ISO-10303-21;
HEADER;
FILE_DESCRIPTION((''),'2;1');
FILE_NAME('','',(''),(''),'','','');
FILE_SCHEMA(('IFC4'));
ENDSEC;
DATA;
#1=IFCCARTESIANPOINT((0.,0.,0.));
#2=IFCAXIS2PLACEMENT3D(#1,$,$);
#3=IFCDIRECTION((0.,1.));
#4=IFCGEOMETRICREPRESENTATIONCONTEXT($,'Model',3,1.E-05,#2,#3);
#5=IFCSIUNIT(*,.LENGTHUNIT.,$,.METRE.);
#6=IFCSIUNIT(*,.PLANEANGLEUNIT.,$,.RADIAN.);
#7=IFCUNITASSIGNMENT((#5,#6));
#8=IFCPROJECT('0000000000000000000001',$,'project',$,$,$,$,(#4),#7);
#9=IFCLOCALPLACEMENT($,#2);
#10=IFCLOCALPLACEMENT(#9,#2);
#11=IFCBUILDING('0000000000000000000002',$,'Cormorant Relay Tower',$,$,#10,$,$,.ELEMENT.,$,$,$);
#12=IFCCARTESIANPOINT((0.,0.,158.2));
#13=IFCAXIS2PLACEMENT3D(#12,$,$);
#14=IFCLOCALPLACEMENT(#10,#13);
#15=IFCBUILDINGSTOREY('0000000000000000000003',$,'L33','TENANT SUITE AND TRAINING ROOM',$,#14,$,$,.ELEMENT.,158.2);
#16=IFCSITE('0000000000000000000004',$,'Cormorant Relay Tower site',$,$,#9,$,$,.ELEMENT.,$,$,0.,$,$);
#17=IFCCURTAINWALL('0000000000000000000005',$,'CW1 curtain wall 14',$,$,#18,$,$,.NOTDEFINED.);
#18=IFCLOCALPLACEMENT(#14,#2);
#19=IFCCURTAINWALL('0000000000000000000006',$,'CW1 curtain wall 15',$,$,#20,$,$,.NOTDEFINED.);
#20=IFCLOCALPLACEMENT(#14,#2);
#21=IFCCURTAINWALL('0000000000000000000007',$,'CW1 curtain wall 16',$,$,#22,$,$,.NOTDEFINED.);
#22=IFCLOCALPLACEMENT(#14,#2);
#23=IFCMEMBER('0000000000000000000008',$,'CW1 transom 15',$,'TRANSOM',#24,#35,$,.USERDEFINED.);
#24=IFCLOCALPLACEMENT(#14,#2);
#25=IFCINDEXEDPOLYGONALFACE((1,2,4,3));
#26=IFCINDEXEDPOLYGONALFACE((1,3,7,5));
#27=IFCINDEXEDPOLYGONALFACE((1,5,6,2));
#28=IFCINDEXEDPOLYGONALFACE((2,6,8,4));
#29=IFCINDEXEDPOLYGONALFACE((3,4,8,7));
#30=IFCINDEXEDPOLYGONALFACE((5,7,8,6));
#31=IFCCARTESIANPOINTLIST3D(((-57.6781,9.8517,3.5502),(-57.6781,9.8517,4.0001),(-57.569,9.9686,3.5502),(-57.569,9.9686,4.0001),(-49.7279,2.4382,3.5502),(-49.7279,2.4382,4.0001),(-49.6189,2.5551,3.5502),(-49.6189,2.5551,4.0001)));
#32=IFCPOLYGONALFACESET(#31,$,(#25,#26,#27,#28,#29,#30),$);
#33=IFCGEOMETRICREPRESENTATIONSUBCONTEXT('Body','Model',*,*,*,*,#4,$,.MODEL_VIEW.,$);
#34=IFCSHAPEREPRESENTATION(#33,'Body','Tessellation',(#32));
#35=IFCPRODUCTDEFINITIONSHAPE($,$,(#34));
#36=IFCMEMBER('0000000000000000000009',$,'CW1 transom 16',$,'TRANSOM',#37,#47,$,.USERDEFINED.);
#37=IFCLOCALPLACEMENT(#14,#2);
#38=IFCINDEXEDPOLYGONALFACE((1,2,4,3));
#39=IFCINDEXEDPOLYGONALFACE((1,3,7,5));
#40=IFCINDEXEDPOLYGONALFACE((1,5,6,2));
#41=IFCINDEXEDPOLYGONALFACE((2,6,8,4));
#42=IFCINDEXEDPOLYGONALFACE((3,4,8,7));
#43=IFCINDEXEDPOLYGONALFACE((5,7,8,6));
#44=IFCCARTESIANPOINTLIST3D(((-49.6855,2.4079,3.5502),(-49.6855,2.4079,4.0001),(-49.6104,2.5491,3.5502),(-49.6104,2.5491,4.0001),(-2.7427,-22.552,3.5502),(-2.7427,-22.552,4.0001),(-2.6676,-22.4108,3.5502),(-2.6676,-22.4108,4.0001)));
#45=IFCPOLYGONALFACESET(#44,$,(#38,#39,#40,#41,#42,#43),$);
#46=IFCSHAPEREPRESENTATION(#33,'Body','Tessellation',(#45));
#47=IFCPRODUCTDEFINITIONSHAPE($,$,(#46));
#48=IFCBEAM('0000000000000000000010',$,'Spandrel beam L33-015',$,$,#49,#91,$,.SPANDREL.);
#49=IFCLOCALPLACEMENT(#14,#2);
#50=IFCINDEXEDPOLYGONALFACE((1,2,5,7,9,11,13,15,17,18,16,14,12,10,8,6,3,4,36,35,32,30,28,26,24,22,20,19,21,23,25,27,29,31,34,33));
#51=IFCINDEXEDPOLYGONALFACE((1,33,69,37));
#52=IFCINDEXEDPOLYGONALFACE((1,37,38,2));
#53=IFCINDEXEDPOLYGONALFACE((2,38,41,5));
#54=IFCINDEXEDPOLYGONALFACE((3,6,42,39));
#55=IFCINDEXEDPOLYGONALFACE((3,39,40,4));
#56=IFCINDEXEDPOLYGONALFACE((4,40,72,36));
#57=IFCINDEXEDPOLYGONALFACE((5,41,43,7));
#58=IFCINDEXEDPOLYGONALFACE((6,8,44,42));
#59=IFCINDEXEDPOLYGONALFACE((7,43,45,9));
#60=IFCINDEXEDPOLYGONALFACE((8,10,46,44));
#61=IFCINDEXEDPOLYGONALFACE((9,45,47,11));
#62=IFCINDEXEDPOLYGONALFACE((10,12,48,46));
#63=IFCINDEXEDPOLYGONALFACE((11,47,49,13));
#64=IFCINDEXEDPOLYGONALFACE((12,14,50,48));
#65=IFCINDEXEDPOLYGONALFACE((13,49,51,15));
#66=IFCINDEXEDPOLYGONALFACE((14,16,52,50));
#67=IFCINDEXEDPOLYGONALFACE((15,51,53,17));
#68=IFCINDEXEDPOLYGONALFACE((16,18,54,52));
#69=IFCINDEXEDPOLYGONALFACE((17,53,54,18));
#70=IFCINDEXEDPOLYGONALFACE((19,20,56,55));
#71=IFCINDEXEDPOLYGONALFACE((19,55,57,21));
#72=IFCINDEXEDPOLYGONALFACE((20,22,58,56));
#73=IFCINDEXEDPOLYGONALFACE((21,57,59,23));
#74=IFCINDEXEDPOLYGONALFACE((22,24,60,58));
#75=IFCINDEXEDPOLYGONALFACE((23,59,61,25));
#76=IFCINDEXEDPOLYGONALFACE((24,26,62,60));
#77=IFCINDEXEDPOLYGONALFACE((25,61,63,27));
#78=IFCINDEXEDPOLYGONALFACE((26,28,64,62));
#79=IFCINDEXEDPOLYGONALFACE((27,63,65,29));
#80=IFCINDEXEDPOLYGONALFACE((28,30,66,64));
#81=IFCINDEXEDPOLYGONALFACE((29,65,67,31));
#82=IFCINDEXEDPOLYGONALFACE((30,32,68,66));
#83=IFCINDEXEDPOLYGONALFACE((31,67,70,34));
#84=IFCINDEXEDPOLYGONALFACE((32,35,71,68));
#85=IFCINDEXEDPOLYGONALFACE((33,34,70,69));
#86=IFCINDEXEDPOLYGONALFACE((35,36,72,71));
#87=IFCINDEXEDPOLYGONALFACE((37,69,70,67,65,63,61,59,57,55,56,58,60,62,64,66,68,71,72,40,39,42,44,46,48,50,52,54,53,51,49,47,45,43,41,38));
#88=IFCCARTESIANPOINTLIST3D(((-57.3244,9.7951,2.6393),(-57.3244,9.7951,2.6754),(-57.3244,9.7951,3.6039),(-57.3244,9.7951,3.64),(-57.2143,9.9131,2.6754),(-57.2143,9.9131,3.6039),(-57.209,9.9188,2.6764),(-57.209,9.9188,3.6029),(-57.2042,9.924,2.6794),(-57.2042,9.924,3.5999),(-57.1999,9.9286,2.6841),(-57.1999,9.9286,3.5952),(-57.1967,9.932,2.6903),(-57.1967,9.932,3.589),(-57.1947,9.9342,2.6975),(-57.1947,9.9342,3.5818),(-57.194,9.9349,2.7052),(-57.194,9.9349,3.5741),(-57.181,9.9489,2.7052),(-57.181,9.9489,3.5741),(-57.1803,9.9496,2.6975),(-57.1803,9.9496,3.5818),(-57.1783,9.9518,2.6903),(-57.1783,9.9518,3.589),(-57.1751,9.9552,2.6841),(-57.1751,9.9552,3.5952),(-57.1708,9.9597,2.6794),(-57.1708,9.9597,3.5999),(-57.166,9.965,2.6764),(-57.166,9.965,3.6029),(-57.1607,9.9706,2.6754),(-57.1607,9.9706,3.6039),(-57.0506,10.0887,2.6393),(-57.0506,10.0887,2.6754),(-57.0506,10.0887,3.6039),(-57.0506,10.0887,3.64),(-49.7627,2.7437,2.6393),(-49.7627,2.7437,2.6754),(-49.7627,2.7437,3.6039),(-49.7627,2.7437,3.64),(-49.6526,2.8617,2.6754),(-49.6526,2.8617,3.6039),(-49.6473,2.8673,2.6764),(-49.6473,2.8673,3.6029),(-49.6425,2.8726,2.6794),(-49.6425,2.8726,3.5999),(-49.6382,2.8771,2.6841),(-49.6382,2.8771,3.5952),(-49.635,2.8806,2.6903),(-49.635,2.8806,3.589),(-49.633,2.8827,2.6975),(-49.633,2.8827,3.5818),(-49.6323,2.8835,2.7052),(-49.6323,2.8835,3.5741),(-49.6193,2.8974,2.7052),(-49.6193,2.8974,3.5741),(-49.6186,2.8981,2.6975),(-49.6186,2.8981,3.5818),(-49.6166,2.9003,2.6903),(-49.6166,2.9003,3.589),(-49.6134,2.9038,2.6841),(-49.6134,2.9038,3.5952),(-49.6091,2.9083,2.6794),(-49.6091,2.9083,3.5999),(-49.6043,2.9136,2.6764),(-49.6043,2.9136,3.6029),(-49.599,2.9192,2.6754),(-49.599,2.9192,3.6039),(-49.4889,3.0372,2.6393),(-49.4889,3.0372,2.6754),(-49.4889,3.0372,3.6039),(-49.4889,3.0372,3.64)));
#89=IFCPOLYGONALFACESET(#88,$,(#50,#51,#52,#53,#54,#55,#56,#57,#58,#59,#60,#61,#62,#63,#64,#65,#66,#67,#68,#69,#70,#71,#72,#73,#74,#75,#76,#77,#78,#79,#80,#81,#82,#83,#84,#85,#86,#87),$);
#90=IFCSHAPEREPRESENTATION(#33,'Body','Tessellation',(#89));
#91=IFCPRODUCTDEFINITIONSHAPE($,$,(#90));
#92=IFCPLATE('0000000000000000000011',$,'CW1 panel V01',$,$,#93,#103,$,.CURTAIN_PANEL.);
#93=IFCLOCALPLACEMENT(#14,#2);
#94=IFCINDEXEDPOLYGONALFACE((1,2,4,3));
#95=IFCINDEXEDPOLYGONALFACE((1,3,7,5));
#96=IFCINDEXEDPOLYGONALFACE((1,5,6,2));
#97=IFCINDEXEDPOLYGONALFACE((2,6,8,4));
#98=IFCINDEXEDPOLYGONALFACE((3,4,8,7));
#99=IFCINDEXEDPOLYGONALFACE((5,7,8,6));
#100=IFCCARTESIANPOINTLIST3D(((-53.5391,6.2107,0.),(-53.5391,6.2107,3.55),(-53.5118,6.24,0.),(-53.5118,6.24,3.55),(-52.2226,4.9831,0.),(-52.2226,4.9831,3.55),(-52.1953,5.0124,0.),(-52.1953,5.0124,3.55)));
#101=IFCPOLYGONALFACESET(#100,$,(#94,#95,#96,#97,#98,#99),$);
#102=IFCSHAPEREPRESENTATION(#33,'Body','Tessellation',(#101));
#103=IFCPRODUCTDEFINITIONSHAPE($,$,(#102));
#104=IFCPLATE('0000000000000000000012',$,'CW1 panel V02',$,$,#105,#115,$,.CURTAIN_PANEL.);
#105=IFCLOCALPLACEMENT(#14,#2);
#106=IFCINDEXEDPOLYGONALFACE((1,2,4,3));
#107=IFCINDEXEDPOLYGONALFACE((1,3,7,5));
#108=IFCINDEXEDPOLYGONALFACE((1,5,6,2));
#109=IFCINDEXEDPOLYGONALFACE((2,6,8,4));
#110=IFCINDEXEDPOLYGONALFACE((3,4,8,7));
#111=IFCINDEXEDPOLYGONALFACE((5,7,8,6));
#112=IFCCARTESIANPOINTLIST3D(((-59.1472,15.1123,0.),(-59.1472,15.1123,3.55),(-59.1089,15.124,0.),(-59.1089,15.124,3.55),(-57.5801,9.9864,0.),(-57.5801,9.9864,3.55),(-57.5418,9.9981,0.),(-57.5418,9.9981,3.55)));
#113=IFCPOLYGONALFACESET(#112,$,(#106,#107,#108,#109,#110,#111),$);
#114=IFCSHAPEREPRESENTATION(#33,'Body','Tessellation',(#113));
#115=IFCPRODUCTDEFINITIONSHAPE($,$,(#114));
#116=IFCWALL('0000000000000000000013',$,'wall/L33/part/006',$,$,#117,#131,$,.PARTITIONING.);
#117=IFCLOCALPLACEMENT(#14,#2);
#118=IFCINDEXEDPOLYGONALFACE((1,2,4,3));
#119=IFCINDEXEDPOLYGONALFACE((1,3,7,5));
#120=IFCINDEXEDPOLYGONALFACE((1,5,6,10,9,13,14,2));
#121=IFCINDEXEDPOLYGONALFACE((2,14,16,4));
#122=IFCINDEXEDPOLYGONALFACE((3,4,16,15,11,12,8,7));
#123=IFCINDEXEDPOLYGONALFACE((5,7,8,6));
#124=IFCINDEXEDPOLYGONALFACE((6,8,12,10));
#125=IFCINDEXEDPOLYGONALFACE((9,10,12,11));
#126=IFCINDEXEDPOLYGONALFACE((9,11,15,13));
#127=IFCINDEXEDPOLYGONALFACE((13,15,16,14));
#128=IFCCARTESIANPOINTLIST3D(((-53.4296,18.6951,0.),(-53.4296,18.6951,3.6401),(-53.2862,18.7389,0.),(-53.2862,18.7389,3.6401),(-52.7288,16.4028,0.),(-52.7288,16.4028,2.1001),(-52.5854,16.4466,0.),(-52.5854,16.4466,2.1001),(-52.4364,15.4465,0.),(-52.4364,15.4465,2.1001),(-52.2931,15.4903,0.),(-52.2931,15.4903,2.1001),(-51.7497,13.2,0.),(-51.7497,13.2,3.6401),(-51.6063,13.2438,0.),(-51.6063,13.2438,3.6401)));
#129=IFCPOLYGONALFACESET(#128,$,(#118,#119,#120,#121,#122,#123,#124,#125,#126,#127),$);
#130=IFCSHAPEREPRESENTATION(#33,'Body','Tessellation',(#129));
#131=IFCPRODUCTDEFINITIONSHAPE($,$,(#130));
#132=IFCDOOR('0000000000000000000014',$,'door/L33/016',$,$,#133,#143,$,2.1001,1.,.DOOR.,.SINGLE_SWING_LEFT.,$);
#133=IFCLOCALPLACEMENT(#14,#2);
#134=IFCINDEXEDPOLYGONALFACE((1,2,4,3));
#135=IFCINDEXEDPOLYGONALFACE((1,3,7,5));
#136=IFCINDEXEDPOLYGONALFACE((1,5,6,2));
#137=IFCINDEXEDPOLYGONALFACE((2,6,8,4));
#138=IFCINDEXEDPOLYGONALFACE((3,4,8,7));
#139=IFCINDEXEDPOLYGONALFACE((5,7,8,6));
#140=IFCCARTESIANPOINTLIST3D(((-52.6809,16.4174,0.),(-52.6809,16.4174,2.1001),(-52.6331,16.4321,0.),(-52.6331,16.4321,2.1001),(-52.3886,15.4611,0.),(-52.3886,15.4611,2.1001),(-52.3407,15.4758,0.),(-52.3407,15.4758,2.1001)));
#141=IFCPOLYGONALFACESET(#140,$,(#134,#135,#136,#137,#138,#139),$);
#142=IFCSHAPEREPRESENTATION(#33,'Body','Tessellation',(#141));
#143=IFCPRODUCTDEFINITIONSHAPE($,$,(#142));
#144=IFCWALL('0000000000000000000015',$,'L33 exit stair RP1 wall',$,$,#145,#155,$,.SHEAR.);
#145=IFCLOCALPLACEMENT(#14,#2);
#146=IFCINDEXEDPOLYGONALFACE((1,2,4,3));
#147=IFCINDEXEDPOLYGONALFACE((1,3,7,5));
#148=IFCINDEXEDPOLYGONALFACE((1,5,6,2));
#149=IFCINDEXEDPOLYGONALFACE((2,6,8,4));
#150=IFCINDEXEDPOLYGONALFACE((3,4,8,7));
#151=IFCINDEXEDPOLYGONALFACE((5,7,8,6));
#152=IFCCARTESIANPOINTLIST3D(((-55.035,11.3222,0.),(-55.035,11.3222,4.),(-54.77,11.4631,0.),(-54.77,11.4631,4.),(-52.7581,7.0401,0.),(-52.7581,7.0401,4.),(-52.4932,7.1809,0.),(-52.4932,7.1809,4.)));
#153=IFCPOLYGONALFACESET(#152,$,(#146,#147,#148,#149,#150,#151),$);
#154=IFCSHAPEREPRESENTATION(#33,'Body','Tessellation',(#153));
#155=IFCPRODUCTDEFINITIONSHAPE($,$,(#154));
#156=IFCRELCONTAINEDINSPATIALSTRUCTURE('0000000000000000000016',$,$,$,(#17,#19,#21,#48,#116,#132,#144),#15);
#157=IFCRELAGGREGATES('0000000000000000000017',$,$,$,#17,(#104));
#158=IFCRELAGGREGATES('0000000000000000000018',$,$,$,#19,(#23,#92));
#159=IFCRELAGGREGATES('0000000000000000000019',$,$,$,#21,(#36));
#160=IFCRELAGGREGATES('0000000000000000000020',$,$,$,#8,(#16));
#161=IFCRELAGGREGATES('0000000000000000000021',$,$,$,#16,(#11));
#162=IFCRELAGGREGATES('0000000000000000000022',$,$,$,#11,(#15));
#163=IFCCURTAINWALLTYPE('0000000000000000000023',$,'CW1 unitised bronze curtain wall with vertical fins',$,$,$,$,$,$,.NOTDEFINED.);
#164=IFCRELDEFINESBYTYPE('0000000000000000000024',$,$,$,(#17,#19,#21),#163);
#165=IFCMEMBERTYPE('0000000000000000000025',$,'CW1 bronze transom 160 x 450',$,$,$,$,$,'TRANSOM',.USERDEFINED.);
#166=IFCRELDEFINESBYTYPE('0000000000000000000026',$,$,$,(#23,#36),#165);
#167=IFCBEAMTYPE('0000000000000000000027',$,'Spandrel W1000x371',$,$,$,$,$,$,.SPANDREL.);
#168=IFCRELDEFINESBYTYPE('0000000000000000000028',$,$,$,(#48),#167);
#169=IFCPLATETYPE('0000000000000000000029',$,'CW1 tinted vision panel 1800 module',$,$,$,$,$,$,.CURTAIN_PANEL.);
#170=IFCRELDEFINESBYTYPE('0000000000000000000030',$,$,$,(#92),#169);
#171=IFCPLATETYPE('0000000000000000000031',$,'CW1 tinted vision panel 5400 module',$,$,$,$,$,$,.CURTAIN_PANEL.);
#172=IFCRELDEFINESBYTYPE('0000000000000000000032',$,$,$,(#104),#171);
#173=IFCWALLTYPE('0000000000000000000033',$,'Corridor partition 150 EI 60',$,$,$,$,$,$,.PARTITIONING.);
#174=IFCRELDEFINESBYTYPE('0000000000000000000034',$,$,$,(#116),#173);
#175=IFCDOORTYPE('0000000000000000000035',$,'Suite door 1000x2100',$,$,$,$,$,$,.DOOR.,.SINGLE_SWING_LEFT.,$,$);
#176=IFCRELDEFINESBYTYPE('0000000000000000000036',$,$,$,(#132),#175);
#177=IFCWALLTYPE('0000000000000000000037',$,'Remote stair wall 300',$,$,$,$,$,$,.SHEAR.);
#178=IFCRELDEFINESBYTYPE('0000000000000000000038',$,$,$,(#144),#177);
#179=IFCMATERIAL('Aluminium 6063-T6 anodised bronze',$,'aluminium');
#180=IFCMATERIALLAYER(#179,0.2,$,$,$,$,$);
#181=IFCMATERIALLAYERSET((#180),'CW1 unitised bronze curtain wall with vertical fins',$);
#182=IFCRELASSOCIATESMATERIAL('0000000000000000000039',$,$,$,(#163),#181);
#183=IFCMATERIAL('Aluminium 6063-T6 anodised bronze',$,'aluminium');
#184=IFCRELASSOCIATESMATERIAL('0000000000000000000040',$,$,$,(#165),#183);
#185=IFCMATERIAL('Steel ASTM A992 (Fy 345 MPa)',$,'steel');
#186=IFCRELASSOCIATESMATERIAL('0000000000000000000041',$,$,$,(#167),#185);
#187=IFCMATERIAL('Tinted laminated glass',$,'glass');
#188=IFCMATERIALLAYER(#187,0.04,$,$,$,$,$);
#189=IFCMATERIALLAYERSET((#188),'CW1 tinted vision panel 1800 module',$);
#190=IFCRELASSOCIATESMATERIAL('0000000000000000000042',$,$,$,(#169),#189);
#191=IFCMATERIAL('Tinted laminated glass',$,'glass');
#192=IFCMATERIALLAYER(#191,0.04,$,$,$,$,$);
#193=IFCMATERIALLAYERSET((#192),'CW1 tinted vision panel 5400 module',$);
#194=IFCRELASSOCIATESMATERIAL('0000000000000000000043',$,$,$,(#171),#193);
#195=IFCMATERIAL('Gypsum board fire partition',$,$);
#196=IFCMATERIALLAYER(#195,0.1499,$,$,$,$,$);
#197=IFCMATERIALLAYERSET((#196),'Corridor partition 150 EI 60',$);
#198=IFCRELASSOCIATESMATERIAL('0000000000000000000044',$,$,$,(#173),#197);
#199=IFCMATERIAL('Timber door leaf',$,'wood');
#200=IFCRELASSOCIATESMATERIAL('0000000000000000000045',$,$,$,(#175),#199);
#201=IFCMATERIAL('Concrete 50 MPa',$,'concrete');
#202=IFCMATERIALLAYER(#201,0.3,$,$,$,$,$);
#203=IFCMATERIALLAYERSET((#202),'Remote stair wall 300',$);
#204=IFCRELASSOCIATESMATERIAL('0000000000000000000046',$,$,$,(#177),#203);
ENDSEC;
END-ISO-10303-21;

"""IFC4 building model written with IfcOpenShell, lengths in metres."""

from ifc_helpers import new_model, si_unit, direction, frame, frame_2d, origin, origin_2d, place, context, subcontext, project, spatial, rectangle, i_section, extrude, material, layer, layer_set, material_profile, profile_set, type_object, element, fill, aggregate, save


model = new_model("IFC4")

# Units and contexts
model_context = context("Model", 3, precision=1e-05, world=origin(), true_north=direction((0.0, 1.0)))
body_context = subcontext(model_context, "Body", "Model", "MODEL_VIEW")
ifc_project = project(units=[si_unit("LENGTHUNIT", "METRE"), si_unit("PLANEANGLEUNIT", "RADIAN")], contexts=[model_context])

# Site, building, storey
site_placement = place(None, origin())
site = spatial("IfcSite", under=ifc_project, at=site_placement, Name="Cormorant Relay Tower site", CompositionType="ELEMENT", RefElevation=0.0)
building_placement = place(site_placement, origin())
building = spatial("IfcBuilding", under=site, at=building_placement, Name="Cormorant Relay Tower", CompositionType="ELEMENT")
storey_placement = place(building_placement, frame((0.0, 0.0, 158.2)))
storey = spatial("IfcBuildingStorey", under=building, at=storey_placement, Name="L33", Description="TENANT SUITE AND TRAINING ROOM", CompositionType="ELEMENT", Elevation=158.2)

# Curtain wall
ifc_material_1 = material(Name="Aluminium 6063-T6 anodised bronze", Category="aluminium")
ifc_layer_1 = layer(ifc_material_1, 0.2)
ifc_layer_set_1 = layer_set([ifc_layer_1], Name="CW1 unitised bronze curtain wall with vertical fins")
curtain_wall_type = type_object("IfcCurtainWallType", Name="CW1 unitised bronze curtain wall with vertical fins", PredefinedType="NOTDEFINED", material=ifc_layer_set_1)
curtain_wall_1_placement = place(storey_placement, origin())
curtain_wall_1 = element("IfcCurtainWall", 1, at=curtain_wall_1_placement, inside=storey, type_object=curtain_wall_type, Name="CW1 curtain wall 14", PredefinedType="NOTDEFINED")

# Curtain wall
curtain_wall_2_placement = place(storey_placement, origin())
curtain_wall_2 = element("IfcCurtainWall", 2, at=curtain_wall_2_placement, inside=storey, type_object=curtain_wall_type, Name="CW1 curtain wall 15", PredefinedType="NOTDEFINED")

# Curtain wall
curtain_wall_3_placement = place(storey_placement, origin())
curtain_wall_3 = element("IfcCurtainWall", 3, at=curtain_wall_3_placement, inside=storey, type_object=curtain_wall_type, Name="CW1 curtain wall 16", PredefinedType="NOTDEFINED")

# Members
ifc_material_2 = material(Name="Aluminium 6063-T6 anodised bronze", Category="aluminium")
ifc_material_profile_1 = material_profile(ifc_material_2, rectangle(XDim=0.1599, YDim=0.45, at=origin_2d()), Name="AL 160x450")
ifc_profile_set_1 = profile_set([ifc_material_profile_1], Name="Aluminium 6063-T6 anodised bronze")
member_type_1 = type_object("IfcMemberType", Name="CW1 bronze transom 160 x 450", ElementType="TRANSOM", PredefinedType="USERDEFINED", material=ifc_profile_set_1)
member_1_placement = place(storey_placement, frame((-57.6235, 9.9102, 3.7751), z_axis=(0.731358, -0.681993, 0.0), x_axis=(0.681993, 0.731358, 0.0)))
member_1 = element("IfcMember", 4, at=member_1_placement, type_object=member_type_1, Name="CW1 transom 15", ObjectType="TRANSOM", PredefinedType="USERDEFINED", context=body_context, shape_type="SweptSolid", body=[
    extrude(rectangle(XDim=0.1599, YDim=0.45, at=origin_2d()), origin(), (0.0, 0.0, 1.0), 10.8704),
])
member_2_placement = place(storey_placement, frame((-49.6479, 2.4785, 3.7751), z_axis=(0.882948, -0.469471, 0.0), x_axis=(0.469471, 0.882948, 0.0)))
member_2 = element("IfcMember", 5, at=member_2_placement, type_object=member_type_1, Name="CW1 transom 16", ObjectType="TRANSOM", PredefinedType="USERDEFINED", context=body_context, shape_type="SweptSolid", body=[
    extrude(rectangle(XDim=0.1599, YDim=0.45, at=origin_2d()), origin(), (0.0, 0.0, 1.0), 53.166),
])

# Beam
ifc_material_3 = material(Name="Steel ASTM A992 (Fy 345 MPa)", Category="steel")
ifc_material_profile_2 = material_profile(ifc_material_3, i_section(OverallWidth=0.4014, OverallDepth=1.0007, WebThickness=0.019, FlangeThickness=0.0361, FilletRadius=0.0298, at=origin_2d()), Name="W1000x371")
ifc_profile_set_2 = profile_set([ifc_material_profile_2], Name="Steel ASTM A992 (Fy 345 MPa)")
beam_type = type_object("IfcBeamType", Name="Spandrel W1000x371", PredefinedType="SPANDREL", material=ifc_profile_set_2)
beam_placement = place(storey_placement, frame((-57.1875, 9.9419, 3.1396), z_axis=(0.731351, -0.682001, 0.0), x_axis=(0.682001, 0.731351, 0.0)))
element("IfcBeam", 6, at=beam_placement, inside=storey, type_object=beam_type, Name="Spandrel beam L33-015", PredefinedType="SPANDREL", context=body_context, shape_type="SweptSolid", body=[
    extrude(i_section(OverallWidth=0.4014, OverallDepth=1.0007, WebThickness=0.019, FlangeThickness=0.0361, FilletRadius=0.0298, at=origin_2d()), origin(), (0.0, 0.0, 1.0), 10.3394),
])

# Plates
ifc_material_4 = material(Name="Tinted laminated glass", Category="glass")
ifc_layer_2 = layer(ifc_material_4, 0.04)
ifc_layer_set_2 = layer_set([ifc_layer_2], Name="CW1 tinted vision panel 1800 module")
plate_type_1 = type_object("IfcPlateType", Name="CW1 tinted vision panel 1800 module", PredefinedType="CURTAIN_PANEL", material=ifc_layer_set_2)
plate_1_placement = place(storey_placement, frame((-52.8672, 5.6116, 0.0), z_axis=(0.0, 0.0, 1.0), x_axis=(0.731354, -0.681998, 0.0)))
plate_1 = element("IfcPlate", 7, at=plate_1_placement, type_object=plate_type_1, Name="CW1 panel V01", PredefinedType="CURTAIN_PANEL", context=body_context, shape_type="SweptSolid", body=[
    extrude(rectangle(XDim=1.8, YDim=0.04, at=origin_2d()), origin(), (0.0, 0.0, 1.0), 3.55),
])
ifc_material_5 = material(Name="Tinted laminated glass", Category="glass")
ifc_layer_3 = layer(ifc_material_5, 0.04)
ifc_layer_set_3 = layer_set([ifc_layer_3], Name="CW1 tinted vision panel 5400 module")
plate_type_2 = type_object("IfcPlateType", Name="CW1 tinted vision panel 5400 module", PredefinedType="CURTAIN_PANEL", material=ifc_layer_set_3)
plate_2_placement = place(storey_placement, frame((-58.3445, 12.5552, 0.0), z_axis=(0.0, 0.0, 1.0), x_axis=(0.292372, -0.956305, 0.0)))
plate_2 = element("IfcPlate", 8, at=plate_2_placement, type_object=plate_type_2, Name="CW1 panel V02", PredefinedType="CURTAIN_PANEL", context=body_context, shape_type="SweptSolid", body=[
    extrude(rectangle(XDim=5.3601, YDim=0.04, at=origin_2d()), origin(), (0.0, 0.0, 1.0), 3.55),
])
aggregate(curtain_wall_1, [plate_2])

# Wall, opening, door
ifc_material_6 = material(Name="Gypsum board fire partition")
ifc_layer_4 = layer(ifc_material_6, 0.1499)
ifc_layer_set_4 = layer_set([ifc_layer_4], Name="Corridor partition 150 EI 60")
wall_type_1 = type_object("IfcWallType", Name="Corridor partition 150 EI 60", PredefinedType="PARTITIONING", material=ifc_layer_set_4)
wall_1_placement = place(storey_placement, frame((-51.678, 13.2219, 0.0), z_axis=(0.0, 0.0, 1.0), x_axis=(-0.292357, 0.956309, 0.0)))
wall_1 = element("IfcWall", 9, at=wall_1_placement, inside=storey, type_object=wall_type_1, Name="wall/L33/part/006", PredefinedType="PARTITIONING", context=body_context, shape_type="SweptSolid", body=[
    extrude(rectangle(XDim=5.7461, YDim=0.1499, at=frame_2d((2.873, 0.0))), origin(), (0.0, 0.0, 1.0), 3.6401),
])
opening_1_placement = place(wall_1_placement, frame((2.3491, 0.0, 0.0)))
opening_1 = element("IfcOpeningElement", 10, at=opening_1_placement, cuts=wall_1, PredefinedType="OPENING", context=body_context, shape_type="SweptSolid", body=[
    extrude(rectangle(XDim=1.0, YDim=2.1001, at=frame_2d((0.5, 1.05))), frame((0.0, 0.085, 0.0), z_axis=(0.0, -1.0, 0.0), x_axis=(1.0, 0.0, 0.0)), (0.0, 0.0, 1.0), 0.1699),
])
ifc_material_7 = material(Name="Timber door leaf", Category="wood")
door_type_1 = type_object("IfcDoorType", Name="Suite door 1000x2100", OperationType="SINGLE_SWING_LEFT", PredefinedType="DOOR", material=ifc_material_7)
door_1_placement = place(opening_1_placement, origin())
door_1 = element("IfcDoor", 11, at=door_1_placement, inside=storey, type_object=door_type_1, Name="door/L33/016", OperationType="SINGLE_SWING_LEFT", OverallHeight=2.1001, OverallWidth=1.0, PredefinedType="DOOR", context=body_context, shape_type="SweptSolid", body=[
    extrude(rectangle(XDim=1.0, YDim=2.1001, at=frame_2d((0.5, 1.05))), frame((0.0, 0.0249, 0.0), z_axis=(0.0, -1.0, 0.0), x_axis=(1.0, 0.0, 0.0)), (0.0, 0.0, 1.0), 0.05),
])
fill(opening_1, door_1)

# Wall
ifc_material_8 = material(Name="Concrete 50 MPa", Category="concrete")
ifc_layer_5 = layer(ifc_material_8, 0.3)
ifc_layer_set_5 = layer_set([ifc_layer_5], Name="Remote stair wall 300")
wall_type_2 = type_object("IfcWallType", Name="Remote stair wall 300", PredefinedType="SHEAR", material=ifc_layer_set_5)
wall_2_placement = place(storey_placement, frame((-52.6257, 7.1106, 0.0), z_axis=(0.0, 0.0, 1.0), x_axis=(-0.469464, 0.882951, 0.0)))
element("IfcWall", 12, at=wall_2_placement, inside=storey, type_object=wall_type_2, Name="L33 exit stair RP1 wall", PredefinedType="SHEAR", context=body_context, shape_type="SweptSolid", body=[
    extrude(rectangle(XDim=4.8499, YDim=0.3, at=frame_2d((2.4248, 0.0))), origin(), (0.0, 0.0, 1.0), 4.0),
])

aggregate(curtain_wall_2, [member_1, plate_1])
aggregate(curtain_wall_3, [member_2])

save(model, "model.ifc")
